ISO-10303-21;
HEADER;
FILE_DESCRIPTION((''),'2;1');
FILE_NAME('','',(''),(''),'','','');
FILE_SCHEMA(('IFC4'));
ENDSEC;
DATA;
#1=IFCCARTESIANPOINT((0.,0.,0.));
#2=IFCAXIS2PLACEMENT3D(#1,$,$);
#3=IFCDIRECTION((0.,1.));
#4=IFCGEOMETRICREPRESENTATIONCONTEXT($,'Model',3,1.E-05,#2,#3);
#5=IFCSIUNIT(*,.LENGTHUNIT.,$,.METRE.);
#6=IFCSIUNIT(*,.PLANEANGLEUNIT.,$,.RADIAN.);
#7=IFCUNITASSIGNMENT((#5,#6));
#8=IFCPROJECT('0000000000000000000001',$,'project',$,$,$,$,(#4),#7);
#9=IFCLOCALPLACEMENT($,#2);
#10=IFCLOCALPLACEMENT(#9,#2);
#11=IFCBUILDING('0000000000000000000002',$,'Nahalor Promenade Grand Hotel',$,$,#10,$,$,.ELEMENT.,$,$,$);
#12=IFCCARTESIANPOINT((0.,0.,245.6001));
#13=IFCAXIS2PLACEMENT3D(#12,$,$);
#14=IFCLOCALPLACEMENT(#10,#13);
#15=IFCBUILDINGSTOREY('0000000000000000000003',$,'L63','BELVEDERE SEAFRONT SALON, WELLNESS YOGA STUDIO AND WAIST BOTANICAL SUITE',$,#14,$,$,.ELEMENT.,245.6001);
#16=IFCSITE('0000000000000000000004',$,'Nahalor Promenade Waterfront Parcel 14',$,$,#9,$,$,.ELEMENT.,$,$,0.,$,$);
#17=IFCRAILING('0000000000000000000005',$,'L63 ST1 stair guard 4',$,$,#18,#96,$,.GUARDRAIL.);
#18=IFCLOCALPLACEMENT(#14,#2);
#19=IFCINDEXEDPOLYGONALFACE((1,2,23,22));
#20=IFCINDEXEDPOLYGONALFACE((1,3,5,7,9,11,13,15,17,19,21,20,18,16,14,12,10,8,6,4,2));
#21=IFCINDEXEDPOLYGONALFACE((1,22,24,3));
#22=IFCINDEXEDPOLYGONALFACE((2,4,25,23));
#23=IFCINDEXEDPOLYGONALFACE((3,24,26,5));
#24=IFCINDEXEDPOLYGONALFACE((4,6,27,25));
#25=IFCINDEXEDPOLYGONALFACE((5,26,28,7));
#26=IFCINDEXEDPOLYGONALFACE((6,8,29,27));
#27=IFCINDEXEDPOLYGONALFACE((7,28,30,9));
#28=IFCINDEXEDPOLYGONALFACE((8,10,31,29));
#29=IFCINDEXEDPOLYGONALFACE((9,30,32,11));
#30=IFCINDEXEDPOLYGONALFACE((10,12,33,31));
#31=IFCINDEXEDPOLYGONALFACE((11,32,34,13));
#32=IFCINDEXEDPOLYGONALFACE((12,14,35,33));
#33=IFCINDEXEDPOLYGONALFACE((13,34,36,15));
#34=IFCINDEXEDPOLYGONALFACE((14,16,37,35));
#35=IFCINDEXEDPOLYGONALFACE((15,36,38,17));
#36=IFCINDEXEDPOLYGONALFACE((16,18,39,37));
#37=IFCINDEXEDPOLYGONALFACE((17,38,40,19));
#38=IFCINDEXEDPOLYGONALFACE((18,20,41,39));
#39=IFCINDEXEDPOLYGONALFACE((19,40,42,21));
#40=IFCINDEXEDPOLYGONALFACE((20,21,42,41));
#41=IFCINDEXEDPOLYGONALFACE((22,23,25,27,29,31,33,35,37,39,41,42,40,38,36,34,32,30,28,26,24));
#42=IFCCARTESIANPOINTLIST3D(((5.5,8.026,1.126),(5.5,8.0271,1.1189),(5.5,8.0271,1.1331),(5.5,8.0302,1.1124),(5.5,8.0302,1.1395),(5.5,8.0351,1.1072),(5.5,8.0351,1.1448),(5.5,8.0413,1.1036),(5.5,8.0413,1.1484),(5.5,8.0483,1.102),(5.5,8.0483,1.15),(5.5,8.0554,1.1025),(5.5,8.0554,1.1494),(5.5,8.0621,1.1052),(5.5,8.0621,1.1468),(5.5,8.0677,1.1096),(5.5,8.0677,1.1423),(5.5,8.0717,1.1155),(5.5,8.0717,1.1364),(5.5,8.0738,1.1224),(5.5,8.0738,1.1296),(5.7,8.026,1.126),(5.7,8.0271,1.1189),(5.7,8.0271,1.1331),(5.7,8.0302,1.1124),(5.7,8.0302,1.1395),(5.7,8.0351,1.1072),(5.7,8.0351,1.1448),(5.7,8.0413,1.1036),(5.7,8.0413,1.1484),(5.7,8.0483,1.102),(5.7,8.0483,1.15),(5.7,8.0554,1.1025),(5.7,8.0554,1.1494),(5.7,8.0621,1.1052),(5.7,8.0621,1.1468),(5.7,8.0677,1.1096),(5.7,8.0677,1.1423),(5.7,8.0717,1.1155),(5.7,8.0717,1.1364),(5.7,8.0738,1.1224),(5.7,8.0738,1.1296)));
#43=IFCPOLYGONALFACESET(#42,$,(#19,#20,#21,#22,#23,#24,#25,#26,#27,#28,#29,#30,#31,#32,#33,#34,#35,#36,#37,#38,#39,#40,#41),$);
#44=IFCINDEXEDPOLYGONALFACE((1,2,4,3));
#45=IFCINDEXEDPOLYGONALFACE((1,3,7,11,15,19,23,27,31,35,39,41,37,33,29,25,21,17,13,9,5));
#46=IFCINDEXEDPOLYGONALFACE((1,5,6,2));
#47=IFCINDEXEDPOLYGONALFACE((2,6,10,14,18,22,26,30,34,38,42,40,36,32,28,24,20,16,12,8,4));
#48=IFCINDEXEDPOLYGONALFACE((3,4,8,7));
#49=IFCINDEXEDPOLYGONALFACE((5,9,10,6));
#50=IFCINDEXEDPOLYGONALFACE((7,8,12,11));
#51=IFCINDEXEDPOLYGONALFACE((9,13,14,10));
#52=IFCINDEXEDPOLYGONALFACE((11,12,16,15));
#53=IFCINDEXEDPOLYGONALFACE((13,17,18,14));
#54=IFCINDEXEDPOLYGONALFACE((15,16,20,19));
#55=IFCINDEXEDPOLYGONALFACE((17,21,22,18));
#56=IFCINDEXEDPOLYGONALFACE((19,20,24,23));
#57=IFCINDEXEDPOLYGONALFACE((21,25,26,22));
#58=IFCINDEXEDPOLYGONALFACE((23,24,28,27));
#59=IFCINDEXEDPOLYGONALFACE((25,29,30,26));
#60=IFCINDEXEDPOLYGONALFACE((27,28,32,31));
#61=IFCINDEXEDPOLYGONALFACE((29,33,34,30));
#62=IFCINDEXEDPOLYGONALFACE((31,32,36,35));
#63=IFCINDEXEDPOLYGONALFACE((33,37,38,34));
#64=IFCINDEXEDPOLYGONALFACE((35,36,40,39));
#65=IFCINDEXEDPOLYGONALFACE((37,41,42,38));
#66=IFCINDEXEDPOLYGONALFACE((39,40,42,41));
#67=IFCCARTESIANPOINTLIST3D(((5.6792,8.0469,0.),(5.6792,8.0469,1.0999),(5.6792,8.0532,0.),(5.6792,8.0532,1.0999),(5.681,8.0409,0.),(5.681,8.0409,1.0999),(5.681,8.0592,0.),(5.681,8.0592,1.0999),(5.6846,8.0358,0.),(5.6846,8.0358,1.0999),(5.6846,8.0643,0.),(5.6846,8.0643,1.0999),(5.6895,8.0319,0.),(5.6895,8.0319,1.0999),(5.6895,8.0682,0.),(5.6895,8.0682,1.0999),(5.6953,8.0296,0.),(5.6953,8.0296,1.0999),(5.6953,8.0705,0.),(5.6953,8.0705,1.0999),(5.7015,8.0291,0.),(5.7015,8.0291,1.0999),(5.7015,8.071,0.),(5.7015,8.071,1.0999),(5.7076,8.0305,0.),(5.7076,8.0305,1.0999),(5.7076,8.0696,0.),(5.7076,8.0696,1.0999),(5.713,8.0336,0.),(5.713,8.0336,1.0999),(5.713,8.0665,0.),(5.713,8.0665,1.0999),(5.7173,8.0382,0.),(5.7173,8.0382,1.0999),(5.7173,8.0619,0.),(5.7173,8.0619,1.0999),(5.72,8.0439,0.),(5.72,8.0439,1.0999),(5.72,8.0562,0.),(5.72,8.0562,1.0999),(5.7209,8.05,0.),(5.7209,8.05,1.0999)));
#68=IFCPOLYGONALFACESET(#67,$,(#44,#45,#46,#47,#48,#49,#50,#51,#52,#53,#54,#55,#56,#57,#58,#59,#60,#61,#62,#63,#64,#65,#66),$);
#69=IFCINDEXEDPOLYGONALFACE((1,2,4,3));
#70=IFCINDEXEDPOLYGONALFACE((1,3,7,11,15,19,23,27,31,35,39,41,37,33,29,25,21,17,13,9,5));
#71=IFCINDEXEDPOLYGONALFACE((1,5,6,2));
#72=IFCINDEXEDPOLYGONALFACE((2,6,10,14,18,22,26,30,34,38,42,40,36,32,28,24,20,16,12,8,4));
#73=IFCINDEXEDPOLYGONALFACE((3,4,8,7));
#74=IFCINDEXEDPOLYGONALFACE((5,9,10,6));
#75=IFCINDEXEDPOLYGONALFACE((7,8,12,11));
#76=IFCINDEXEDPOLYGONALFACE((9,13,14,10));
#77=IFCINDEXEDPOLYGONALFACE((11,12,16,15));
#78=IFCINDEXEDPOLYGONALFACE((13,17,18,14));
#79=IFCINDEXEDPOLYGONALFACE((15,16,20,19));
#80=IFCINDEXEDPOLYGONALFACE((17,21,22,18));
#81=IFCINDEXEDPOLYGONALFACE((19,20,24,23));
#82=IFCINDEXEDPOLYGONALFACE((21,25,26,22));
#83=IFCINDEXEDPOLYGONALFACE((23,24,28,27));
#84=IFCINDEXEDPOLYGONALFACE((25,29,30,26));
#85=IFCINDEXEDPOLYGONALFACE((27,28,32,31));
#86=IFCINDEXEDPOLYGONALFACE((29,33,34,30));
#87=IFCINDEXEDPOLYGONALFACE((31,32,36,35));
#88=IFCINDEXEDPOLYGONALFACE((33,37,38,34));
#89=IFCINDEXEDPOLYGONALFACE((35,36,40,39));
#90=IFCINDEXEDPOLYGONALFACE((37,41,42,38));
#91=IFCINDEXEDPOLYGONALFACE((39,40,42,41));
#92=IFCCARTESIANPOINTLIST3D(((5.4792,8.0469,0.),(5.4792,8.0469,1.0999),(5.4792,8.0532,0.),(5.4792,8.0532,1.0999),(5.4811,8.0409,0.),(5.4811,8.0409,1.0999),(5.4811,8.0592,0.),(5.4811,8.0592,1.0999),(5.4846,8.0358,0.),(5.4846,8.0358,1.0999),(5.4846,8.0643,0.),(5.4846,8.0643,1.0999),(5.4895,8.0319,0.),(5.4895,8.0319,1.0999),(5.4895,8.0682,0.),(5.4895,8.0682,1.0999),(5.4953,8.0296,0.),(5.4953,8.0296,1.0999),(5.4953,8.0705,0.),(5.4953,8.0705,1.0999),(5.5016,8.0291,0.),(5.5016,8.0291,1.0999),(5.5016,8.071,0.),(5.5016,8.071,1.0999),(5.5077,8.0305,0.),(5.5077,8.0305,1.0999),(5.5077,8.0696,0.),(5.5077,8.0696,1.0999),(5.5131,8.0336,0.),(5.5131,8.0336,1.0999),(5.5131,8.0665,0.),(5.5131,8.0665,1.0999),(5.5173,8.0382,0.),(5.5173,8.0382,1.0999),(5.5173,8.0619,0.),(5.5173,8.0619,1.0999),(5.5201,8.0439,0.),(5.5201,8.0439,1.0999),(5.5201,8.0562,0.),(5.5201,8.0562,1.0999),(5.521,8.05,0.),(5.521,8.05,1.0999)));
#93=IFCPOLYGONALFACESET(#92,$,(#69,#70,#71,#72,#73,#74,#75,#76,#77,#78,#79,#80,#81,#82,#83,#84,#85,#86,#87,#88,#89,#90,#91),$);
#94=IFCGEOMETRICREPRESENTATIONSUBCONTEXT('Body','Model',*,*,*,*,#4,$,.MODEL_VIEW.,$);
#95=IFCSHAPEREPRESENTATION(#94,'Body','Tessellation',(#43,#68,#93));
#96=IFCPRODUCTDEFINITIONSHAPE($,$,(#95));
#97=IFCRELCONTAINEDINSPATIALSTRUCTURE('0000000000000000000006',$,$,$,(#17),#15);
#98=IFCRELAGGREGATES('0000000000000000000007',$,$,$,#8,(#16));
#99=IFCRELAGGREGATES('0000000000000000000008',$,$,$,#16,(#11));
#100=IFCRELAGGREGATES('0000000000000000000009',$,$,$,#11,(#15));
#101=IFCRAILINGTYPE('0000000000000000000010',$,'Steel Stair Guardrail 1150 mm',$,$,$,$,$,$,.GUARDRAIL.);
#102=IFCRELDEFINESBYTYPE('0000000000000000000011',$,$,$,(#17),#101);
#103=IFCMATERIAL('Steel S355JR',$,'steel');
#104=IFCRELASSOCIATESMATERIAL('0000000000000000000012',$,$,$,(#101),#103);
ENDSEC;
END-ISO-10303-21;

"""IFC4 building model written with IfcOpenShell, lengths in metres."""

from ifc_helpers import new_model, si_unit, direction, frame, origin, origin_2d, place, context, subcontext, project, spatial, circle, extrude, material, type_object, element, save


model = new_model("IFC4")

# Units and contexts
model_context = context("Model", 3, precision=1e-05, world=origin(), true_north=direction((0.0, 1.0)))
body_context = subcontext(model_context, "Body", "Model", "MODEL_VIEW")
ifc_project = project(units=[si_unit("LENGTHUNIT", "METRE"), si_unit("PLANEANGLEUNIT", "RADIAN")], contexts=[model_context])

# Site, building, storey
site_placement = place(None, origin())
site = spatial("IfcSite", under=ifc_project, at=site_placement, Name="Nahalor Promenade Waterfront Parcel 14", CompositionType="ELEMENT", RefElevation=0.0)
building_placement = place(site_placement, origin())
building = spatial("IfcBuilding", under=site, at=building_placement, Name="Nahalor Promenade Grand Hotel", CompositionType="ELEMENT")
storey_placement = place(building_placement, frame((0.0, 0.0, 245.6001)))
storey = spatial("IfcBuildingStorey", under=building, at=storey_placement, Name="L63", Description="BELVEDERE SEAFRONT SALON, WELLNESS YOGA STUDIO AND WAIST BOTANICAL SUITE", CompositionType="ELEMENT", Elevation=245.6001)

# Shared definitions
ifc_material_1 = material(Name="Steel S355JR", Category="steel")

# Railing
railing_type_1 = type_object("IfcRailingType", Name="Steel Stair Guardrail 1150 mm", PredefinedType="GUARDRAIL", material=ifc_material_1)
railing_1_placement = place(storey_placement, frame((5.7, 8.05, 0.0)))
element("IfcRailing", 1, at=railing_1_placement, inside=storey, type_object=railing_type_1, Name="L63 ST1 stair guard 4", PredefinedType="GUARDRAIL", context=body_context, shape_type="SweptSolid", body=[
    extrude(circle(Radius=0.024, at=origin_2d()), frame((0.0, 0.0, 1.126), z_axis=(-1.0, 0.0, 0.0), x_axis=(0.0, -1.0, 0.0)), (0.0, 0.0, 1.0), 0.2),
    extrude(circle(Radius=0.021, at=origin_2d()), origin(), (0.0, 0.0, 1.0), 1.0999),
    extrude(circle(Radius=0.021, at=origin_2d()), frame((-0.2, 0.0, 0.0)), (0.0, 0.0, 1.0), 1.0999),
])

save(model, "model.ifc")
